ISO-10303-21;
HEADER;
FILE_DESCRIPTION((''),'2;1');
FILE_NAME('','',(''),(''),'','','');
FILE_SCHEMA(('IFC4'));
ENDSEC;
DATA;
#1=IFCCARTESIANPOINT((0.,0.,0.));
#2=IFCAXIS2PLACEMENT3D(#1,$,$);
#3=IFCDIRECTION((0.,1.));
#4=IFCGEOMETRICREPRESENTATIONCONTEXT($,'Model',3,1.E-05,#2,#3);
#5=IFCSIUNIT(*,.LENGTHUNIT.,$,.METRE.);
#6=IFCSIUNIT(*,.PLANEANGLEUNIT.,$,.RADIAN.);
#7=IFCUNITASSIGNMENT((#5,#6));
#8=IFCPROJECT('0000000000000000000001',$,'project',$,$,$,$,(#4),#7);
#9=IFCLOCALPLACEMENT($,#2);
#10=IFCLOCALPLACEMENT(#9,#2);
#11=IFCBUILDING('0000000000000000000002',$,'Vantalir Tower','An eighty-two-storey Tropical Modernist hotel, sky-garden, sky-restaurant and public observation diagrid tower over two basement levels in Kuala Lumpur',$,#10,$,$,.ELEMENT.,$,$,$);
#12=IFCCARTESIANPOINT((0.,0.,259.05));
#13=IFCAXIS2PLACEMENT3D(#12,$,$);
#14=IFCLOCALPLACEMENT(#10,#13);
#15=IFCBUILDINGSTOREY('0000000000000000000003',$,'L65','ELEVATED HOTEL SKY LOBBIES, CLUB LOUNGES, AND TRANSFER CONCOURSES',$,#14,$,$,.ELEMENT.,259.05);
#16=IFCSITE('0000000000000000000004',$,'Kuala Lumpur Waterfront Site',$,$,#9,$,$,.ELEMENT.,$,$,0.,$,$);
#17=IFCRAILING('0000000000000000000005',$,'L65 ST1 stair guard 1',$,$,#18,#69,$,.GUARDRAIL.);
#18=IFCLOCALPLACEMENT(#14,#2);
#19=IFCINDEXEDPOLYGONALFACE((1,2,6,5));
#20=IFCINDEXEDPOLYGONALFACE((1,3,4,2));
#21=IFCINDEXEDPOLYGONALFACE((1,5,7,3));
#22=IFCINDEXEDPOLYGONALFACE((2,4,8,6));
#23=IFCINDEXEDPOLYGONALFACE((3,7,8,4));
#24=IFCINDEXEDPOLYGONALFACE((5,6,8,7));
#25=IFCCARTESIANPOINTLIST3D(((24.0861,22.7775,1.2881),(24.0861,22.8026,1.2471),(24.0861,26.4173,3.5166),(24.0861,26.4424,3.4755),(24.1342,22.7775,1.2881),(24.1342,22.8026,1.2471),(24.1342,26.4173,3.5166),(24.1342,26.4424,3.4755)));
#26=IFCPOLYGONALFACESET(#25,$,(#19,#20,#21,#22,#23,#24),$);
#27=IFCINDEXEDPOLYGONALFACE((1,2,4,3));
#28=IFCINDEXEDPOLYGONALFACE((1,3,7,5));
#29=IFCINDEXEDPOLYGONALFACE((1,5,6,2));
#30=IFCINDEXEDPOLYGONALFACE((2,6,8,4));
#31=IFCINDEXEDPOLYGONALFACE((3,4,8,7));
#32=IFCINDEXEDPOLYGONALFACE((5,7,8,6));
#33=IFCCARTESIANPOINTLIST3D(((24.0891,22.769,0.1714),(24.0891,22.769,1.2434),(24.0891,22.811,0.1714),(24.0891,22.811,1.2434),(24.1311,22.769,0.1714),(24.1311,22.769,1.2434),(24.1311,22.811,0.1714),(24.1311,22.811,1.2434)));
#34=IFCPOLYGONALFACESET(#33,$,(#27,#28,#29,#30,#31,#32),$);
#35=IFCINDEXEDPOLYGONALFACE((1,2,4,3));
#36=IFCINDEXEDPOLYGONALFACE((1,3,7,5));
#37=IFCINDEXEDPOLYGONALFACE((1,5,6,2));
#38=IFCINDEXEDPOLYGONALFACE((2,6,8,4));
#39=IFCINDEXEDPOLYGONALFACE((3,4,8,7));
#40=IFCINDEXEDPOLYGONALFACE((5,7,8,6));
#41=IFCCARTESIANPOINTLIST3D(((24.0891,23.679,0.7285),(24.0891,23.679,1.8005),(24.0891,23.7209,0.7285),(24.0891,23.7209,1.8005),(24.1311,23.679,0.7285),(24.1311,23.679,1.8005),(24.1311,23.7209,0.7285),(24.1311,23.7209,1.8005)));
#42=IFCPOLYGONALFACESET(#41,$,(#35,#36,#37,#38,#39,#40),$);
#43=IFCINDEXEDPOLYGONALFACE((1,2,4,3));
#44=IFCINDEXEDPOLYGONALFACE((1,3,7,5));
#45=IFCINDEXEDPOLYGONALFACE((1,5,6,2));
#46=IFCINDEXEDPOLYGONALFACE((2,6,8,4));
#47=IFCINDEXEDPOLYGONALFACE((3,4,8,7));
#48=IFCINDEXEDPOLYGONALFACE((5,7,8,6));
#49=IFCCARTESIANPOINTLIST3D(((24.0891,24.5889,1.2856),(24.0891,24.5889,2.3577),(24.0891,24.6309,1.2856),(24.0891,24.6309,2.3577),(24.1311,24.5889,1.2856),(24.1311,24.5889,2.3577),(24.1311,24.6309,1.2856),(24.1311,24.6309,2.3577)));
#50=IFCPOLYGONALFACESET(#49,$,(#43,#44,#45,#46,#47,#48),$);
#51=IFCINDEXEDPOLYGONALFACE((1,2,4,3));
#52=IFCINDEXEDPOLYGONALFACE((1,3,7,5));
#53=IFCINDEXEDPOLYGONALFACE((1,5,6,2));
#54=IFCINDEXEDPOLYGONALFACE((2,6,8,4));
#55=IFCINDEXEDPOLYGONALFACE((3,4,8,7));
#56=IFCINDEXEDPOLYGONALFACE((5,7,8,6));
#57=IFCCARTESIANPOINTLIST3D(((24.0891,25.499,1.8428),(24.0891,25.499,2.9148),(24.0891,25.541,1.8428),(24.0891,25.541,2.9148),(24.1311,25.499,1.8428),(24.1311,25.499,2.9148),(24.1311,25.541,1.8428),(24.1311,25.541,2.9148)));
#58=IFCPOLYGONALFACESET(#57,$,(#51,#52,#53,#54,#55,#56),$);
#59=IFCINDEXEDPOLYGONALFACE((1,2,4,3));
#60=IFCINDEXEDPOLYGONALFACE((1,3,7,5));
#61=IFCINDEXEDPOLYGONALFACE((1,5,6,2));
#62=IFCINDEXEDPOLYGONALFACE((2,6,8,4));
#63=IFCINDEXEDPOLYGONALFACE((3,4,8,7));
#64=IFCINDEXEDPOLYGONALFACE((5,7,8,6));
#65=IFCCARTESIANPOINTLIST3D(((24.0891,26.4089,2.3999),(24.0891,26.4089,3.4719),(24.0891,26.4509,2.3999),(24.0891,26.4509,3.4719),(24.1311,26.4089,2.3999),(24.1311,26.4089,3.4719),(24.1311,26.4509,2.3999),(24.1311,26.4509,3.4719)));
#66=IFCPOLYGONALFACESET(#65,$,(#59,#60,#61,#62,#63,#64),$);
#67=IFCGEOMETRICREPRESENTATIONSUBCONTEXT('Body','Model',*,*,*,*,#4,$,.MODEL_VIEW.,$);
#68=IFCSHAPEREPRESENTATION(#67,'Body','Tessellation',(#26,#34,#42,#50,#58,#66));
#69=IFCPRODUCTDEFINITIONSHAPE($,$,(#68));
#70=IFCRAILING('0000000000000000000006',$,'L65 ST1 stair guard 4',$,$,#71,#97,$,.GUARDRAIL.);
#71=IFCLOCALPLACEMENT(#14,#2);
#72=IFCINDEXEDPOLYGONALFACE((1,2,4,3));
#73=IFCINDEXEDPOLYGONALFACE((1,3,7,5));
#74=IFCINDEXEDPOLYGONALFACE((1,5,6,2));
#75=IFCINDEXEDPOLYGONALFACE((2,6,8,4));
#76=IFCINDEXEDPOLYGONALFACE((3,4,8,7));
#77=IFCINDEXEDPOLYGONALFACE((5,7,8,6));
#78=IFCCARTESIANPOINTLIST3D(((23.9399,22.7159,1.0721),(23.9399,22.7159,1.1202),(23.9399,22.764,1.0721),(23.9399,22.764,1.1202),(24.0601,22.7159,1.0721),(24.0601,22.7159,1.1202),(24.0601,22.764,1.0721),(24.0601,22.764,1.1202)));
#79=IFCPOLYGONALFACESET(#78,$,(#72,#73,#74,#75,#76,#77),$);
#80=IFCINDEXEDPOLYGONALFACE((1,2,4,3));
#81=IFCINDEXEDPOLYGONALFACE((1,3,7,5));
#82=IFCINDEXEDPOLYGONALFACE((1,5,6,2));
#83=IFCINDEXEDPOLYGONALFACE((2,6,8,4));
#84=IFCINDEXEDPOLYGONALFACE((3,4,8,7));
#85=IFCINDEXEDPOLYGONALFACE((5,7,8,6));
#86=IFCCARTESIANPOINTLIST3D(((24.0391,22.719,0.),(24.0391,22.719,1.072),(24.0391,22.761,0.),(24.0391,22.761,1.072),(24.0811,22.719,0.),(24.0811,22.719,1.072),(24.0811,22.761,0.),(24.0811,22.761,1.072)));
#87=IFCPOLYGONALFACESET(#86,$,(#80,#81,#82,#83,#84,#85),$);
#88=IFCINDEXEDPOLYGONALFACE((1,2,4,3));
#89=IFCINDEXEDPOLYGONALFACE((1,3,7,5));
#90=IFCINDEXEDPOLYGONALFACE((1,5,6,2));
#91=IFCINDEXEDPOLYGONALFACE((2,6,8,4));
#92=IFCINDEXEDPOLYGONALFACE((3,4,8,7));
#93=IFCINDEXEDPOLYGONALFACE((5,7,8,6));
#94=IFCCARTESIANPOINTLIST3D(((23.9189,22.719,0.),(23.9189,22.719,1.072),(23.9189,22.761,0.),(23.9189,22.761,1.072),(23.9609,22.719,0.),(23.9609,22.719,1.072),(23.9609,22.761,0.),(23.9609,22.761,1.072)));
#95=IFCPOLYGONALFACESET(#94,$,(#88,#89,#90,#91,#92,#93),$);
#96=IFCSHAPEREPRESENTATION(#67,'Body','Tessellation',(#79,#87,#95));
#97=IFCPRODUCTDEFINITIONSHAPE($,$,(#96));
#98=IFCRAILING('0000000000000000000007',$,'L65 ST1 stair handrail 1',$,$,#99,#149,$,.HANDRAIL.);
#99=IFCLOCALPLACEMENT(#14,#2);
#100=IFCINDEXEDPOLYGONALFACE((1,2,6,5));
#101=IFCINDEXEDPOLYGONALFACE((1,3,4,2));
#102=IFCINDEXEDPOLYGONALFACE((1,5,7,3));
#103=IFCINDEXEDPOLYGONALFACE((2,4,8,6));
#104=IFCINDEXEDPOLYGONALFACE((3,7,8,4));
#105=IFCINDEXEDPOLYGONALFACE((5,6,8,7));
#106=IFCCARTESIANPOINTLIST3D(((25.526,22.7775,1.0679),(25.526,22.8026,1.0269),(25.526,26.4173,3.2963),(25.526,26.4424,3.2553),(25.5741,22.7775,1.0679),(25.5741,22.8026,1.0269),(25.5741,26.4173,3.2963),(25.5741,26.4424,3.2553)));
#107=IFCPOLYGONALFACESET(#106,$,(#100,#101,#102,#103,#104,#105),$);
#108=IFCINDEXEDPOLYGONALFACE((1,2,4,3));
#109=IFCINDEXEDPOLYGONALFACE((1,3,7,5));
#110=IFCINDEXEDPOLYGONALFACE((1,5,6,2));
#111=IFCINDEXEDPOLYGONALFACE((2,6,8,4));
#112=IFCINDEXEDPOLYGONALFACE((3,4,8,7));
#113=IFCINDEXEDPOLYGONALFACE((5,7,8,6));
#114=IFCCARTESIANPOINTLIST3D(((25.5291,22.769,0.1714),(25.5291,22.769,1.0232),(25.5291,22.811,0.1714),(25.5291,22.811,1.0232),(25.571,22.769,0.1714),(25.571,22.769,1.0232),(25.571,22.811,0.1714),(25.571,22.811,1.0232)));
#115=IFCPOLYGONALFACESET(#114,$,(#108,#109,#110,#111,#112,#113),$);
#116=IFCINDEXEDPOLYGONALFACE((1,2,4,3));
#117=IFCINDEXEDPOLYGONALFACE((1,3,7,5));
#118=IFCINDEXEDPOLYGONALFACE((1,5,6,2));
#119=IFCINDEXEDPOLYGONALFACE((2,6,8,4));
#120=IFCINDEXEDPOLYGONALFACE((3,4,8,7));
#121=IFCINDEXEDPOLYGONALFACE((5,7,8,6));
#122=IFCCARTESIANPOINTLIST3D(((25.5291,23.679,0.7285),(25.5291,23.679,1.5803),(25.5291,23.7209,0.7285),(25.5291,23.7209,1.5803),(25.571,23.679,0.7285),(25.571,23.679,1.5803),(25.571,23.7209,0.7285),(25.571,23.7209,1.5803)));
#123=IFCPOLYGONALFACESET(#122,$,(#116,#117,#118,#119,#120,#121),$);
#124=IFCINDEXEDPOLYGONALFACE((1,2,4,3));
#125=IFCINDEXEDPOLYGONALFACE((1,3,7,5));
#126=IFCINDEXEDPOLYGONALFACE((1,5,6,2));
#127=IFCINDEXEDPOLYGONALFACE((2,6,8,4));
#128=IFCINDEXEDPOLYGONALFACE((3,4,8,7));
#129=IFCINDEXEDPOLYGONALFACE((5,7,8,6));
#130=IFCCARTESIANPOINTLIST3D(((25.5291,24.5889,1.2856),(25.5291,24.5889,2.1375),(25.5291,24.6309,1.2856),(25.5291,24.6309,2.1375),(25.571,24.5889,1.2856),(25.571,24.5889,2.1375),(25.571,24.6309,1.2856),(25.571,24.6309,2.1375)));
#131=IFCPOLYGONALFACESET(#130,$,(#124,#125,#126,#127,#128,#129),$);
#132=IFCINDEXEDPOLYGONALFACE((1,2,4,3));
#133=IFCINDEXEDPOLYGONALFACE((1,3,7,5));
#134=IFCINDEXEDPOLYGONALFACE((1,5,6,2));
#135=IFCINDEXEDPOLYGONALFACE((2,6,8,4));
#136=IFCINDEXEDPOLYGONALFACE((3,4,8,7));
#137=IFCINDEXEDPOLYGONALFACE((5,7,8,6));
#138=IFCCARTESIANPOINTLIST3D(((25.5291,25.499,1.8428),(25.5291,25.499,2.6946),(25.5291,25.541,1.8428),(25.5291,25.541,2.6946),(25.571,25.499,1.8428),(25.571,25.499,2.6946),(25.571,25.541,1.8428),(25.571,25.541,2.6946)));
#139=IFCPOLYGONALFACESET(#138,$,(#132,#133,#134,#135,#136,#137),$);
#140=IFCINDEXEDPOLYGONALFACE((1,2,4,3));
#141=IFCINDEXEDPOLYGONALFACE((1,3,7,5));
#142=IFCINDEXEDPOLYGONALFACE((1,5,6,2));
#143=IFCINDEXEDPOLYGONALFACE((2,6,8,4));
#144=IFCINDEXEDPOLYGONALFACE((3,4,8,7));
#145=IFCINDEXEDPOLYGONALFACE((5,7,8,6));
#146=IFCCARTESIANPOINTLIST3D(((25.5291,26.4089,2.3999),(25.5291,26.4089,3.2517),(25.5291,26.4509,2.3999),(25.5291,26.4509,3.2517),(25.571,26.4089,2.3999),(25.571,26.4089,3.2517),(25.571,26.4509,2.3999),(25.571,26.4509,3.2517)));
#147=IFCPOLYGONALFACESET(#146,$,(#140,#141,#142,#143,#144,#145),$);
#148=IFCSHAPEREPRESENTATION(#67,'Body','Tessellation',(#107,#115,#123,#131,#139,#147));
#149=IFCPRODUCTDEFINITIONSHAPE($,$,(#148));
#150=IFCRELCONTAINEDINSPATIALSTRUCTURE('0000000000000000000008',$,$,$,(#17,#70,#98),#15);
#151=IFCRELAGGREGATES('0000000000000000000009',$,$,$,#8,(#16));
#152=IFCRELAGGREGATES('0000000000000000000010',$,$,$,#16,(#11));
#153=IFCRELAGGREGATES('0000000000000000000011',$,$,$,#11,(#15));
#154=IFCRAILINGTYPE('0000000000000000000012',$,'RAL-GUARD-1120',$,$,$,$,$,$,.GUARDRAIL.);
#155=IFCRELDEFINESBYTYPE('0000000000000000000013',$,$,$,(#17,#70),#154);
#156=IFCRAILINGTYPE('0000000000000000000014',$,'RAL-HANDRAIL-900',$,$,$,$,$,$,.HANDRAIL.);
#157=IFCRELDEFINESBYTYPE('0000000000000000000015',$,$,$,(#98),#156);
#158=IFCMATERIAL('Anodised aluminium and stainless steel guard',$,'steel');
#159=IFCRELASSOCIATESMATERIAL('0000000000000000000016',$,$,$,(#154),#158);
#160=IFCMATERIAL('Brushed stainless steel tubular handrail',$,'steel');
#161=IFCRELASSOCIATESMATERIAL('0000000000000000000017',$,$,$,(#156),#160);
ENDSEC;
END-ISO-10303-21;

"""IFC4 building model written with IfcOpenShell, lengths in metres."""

from ifc_helpers import new_model, si_unit, direction, frame, origin, origin_2d, place, context, subcontext, project, spatial, rectangle, extrude, material, type_object, element, save


model = new_model("IFC4")

# Units and contexts
model_context = context("Model", 3, precision=1e-05, world=origin(), true_north=direction((0.0, 1.0)))
body_context = subcontext(model_context, "Body", "Model", "MODEL_VIEW")
ifc_project = project(units=[si_unit("LENGTHUNIT", "METRE"), si_unit("PLANEANGLEUNIT", "RADIAN")], contexts=[model_context])

# Site, building, storey
site_placement = place(None, origin())
site = spatial("IfcSite", under=ifc_project, at=site_placement, Name="Kuala Lumpur Waterfront Site", CompositionType="ELEMENT", RefElevation=0.0)
building_placement = place(site_placement, origin())
building = spatial("IfcBuilding", under=site, at=building_placement, Name="Vantalir Tower", Description="An eighty-two-storey Tropical Modernist hotel, sky-garden, sky-restaurant and public observation diagrid tower over two basement levels in Kuala Lumpur", CompositionType="ELEMENT")
storey_placement = place(building_placement, frame((0.0, 0.0, 259.05)))
storey = spatial("IfcBuildingStorey", under=building, at=storey_placement, Name="L65", Description="ELEVATED HOTEL SKY LOBBIES, CLUB LOUNGES, AND TRANSFER CONCOURSES", CompositionType="ELEMENT", Elevation=259.05)

# Railings
ifc_material_1 = material(Name="Anodised aluminium and stainless steel guard", Category="steel")
railing_type_1 = type_object("IfcRailingType", Name="RAL-GUARD-1120", PredefinedType="GUARDRAIL", material=ifc_material_1)
railing_1_placement = place(storey_placement, frame((24.1101, 22.79, 0.1714)))
element("IfcRailing", 1, at=railing_1_placement, inside=storey, type_object=railing_type_1, Name="L65 ST1 stair guard 1", PredefinedType="GUARDRAIL", context=body_context, shape_type="SweptSolid", body=[
    extrude(rectangle(XDim=0.0481, YDim=0.0481, at=origin_2d()), frame((0.0, 0.0, 1.0962), z_axis=(0.0, 0.85285, 0.522156), x_axis=(-1.0, 0.0, 0.0)), (0.0, 0.0, 1.0), 4.2678),
    extrude(rectangle(XDim=0.042, YDim=0.042, at=origin_2d()), origin(), (0.0, 0.0, 1.0), 1.072),
    extrude(rectangle(XDim=0.042, YDim=0.042, at=origin_2d()), frame((0.0, 0.9099, 0.5571)), (0.0, 0.0, 1.0), 1.072),
    extrude(rectangle(XDim=0.042, YDim=0.042, at=origin_2d()), frame((0.0, 1.8198, 1.1143)), (0.0, 0.0, 1.0), 1.072),
    extrude(rectangle(XDim=0.042, YDim=0.042, at=origin_2d()), frame((0.0, 2.73, 1.6714)), (0.0, 0.0, 1.0), 1.072),
    extrude(rectangle(XDim=0.042, YDim=0.042, at=origin_2d()), frame((0.0, 3.6399, 2.2285)), (0.0, 0.0, 1.0), 1.072),
])
railing_2_placement = place(storey_placement, frame((24.0601, 22.74, 0.0)))
element("IfcRailing", 2, at=railing_2_placement, inside=storey, type_object=railing_type_1, Name="L65 ST1 stair guard 4", PredefinedType="GUARDRAIL", context=body_context, shape_type="SweptSolid", body=[
    extrude(rectangle(XDim=0.0481, YDim=0.0481, at=origin_2d()), frame((0.0, 0.0, 1.0962), z_axis=(-1.0, 0.0, 0.0), x_axis=(0.0, -1.0, 0.0)), (0.0, 0.0, 1.0), 0.1201),
    extrude(rectangle(XDim=0.042, YDim=0.042, at=origin_2d()), origin(), (0.0, 0.0, 1.0), 1.072),
    extrude(rectangle(XDim=0.042, YDim=0.042, at=origin_2d()), frame((-0.1201, 0.0, 0.0)), (0.0, 0.0, 1.0), 1.072),
])
ifc_material_2 = material(Name="Brushed stainless steel tubular handrail", Category="steel")
railing_type_2 = type_object("IfcRailingType", Name="RAL-HANDRAIL-900", PredefinedType="HANDRAIL", material=ifc_material_2)
railing_3_placement = place(storey_placement, frame((25.55, 22.79, 0.1714)))
element("IfcRailing", 3, at=railing_3_placement, inside=storey, type_object=railing_type_2, Name="L65 ST1 stair handrail 1", PredefinedType="HANDRAIL", context=body_context, shape_type="SweptSolid", body=[
    extrude(rectangle(XDim=0.0481, YDim=0.0481, at=origin_2d()), frame((0.0, 0.0, 0.876), z_axis=(0.0, 0.85285, 0.522156), x_axis=(-1.0, 0.0, 0.0)), (0.0, 0.0, 1.0), 4.2678),
    extrude(rectangle(XDim=0.042, YDim=0.042, at=origin_2d()), origin(), (0.0, 0.0, 1.0), 0.8518),
    extrude(rectangle(XDim=0.042, YDim=0.042, at=origin_2d()), frame((0.0, 0.9099, 0.5571)), (0.0, 0.0, 1.0), 0.8518),
    extrude(rectangle(XDim=0.042, YDim=0.042, at=origin_2d()), frame((0.0, 1.8198, 1.1143)), (0.0, 0.0, 1.0), 0.8518),
    extrude(rectangle(XDim=0.042, YDim=0.042, at=origin_2d()), frame((0.0, 2.73, 1.6714)), (0.0, 0.0, 1.0), 0.8518),
    extrude(rectangle(XDim=0.042, YDim=0.042, at=origin_2d()), frame((0.0, 3.6399, 2.2285)), (0.0, 0.0, 1.0), 0.8518),
])

save(model, "model.ifc")
